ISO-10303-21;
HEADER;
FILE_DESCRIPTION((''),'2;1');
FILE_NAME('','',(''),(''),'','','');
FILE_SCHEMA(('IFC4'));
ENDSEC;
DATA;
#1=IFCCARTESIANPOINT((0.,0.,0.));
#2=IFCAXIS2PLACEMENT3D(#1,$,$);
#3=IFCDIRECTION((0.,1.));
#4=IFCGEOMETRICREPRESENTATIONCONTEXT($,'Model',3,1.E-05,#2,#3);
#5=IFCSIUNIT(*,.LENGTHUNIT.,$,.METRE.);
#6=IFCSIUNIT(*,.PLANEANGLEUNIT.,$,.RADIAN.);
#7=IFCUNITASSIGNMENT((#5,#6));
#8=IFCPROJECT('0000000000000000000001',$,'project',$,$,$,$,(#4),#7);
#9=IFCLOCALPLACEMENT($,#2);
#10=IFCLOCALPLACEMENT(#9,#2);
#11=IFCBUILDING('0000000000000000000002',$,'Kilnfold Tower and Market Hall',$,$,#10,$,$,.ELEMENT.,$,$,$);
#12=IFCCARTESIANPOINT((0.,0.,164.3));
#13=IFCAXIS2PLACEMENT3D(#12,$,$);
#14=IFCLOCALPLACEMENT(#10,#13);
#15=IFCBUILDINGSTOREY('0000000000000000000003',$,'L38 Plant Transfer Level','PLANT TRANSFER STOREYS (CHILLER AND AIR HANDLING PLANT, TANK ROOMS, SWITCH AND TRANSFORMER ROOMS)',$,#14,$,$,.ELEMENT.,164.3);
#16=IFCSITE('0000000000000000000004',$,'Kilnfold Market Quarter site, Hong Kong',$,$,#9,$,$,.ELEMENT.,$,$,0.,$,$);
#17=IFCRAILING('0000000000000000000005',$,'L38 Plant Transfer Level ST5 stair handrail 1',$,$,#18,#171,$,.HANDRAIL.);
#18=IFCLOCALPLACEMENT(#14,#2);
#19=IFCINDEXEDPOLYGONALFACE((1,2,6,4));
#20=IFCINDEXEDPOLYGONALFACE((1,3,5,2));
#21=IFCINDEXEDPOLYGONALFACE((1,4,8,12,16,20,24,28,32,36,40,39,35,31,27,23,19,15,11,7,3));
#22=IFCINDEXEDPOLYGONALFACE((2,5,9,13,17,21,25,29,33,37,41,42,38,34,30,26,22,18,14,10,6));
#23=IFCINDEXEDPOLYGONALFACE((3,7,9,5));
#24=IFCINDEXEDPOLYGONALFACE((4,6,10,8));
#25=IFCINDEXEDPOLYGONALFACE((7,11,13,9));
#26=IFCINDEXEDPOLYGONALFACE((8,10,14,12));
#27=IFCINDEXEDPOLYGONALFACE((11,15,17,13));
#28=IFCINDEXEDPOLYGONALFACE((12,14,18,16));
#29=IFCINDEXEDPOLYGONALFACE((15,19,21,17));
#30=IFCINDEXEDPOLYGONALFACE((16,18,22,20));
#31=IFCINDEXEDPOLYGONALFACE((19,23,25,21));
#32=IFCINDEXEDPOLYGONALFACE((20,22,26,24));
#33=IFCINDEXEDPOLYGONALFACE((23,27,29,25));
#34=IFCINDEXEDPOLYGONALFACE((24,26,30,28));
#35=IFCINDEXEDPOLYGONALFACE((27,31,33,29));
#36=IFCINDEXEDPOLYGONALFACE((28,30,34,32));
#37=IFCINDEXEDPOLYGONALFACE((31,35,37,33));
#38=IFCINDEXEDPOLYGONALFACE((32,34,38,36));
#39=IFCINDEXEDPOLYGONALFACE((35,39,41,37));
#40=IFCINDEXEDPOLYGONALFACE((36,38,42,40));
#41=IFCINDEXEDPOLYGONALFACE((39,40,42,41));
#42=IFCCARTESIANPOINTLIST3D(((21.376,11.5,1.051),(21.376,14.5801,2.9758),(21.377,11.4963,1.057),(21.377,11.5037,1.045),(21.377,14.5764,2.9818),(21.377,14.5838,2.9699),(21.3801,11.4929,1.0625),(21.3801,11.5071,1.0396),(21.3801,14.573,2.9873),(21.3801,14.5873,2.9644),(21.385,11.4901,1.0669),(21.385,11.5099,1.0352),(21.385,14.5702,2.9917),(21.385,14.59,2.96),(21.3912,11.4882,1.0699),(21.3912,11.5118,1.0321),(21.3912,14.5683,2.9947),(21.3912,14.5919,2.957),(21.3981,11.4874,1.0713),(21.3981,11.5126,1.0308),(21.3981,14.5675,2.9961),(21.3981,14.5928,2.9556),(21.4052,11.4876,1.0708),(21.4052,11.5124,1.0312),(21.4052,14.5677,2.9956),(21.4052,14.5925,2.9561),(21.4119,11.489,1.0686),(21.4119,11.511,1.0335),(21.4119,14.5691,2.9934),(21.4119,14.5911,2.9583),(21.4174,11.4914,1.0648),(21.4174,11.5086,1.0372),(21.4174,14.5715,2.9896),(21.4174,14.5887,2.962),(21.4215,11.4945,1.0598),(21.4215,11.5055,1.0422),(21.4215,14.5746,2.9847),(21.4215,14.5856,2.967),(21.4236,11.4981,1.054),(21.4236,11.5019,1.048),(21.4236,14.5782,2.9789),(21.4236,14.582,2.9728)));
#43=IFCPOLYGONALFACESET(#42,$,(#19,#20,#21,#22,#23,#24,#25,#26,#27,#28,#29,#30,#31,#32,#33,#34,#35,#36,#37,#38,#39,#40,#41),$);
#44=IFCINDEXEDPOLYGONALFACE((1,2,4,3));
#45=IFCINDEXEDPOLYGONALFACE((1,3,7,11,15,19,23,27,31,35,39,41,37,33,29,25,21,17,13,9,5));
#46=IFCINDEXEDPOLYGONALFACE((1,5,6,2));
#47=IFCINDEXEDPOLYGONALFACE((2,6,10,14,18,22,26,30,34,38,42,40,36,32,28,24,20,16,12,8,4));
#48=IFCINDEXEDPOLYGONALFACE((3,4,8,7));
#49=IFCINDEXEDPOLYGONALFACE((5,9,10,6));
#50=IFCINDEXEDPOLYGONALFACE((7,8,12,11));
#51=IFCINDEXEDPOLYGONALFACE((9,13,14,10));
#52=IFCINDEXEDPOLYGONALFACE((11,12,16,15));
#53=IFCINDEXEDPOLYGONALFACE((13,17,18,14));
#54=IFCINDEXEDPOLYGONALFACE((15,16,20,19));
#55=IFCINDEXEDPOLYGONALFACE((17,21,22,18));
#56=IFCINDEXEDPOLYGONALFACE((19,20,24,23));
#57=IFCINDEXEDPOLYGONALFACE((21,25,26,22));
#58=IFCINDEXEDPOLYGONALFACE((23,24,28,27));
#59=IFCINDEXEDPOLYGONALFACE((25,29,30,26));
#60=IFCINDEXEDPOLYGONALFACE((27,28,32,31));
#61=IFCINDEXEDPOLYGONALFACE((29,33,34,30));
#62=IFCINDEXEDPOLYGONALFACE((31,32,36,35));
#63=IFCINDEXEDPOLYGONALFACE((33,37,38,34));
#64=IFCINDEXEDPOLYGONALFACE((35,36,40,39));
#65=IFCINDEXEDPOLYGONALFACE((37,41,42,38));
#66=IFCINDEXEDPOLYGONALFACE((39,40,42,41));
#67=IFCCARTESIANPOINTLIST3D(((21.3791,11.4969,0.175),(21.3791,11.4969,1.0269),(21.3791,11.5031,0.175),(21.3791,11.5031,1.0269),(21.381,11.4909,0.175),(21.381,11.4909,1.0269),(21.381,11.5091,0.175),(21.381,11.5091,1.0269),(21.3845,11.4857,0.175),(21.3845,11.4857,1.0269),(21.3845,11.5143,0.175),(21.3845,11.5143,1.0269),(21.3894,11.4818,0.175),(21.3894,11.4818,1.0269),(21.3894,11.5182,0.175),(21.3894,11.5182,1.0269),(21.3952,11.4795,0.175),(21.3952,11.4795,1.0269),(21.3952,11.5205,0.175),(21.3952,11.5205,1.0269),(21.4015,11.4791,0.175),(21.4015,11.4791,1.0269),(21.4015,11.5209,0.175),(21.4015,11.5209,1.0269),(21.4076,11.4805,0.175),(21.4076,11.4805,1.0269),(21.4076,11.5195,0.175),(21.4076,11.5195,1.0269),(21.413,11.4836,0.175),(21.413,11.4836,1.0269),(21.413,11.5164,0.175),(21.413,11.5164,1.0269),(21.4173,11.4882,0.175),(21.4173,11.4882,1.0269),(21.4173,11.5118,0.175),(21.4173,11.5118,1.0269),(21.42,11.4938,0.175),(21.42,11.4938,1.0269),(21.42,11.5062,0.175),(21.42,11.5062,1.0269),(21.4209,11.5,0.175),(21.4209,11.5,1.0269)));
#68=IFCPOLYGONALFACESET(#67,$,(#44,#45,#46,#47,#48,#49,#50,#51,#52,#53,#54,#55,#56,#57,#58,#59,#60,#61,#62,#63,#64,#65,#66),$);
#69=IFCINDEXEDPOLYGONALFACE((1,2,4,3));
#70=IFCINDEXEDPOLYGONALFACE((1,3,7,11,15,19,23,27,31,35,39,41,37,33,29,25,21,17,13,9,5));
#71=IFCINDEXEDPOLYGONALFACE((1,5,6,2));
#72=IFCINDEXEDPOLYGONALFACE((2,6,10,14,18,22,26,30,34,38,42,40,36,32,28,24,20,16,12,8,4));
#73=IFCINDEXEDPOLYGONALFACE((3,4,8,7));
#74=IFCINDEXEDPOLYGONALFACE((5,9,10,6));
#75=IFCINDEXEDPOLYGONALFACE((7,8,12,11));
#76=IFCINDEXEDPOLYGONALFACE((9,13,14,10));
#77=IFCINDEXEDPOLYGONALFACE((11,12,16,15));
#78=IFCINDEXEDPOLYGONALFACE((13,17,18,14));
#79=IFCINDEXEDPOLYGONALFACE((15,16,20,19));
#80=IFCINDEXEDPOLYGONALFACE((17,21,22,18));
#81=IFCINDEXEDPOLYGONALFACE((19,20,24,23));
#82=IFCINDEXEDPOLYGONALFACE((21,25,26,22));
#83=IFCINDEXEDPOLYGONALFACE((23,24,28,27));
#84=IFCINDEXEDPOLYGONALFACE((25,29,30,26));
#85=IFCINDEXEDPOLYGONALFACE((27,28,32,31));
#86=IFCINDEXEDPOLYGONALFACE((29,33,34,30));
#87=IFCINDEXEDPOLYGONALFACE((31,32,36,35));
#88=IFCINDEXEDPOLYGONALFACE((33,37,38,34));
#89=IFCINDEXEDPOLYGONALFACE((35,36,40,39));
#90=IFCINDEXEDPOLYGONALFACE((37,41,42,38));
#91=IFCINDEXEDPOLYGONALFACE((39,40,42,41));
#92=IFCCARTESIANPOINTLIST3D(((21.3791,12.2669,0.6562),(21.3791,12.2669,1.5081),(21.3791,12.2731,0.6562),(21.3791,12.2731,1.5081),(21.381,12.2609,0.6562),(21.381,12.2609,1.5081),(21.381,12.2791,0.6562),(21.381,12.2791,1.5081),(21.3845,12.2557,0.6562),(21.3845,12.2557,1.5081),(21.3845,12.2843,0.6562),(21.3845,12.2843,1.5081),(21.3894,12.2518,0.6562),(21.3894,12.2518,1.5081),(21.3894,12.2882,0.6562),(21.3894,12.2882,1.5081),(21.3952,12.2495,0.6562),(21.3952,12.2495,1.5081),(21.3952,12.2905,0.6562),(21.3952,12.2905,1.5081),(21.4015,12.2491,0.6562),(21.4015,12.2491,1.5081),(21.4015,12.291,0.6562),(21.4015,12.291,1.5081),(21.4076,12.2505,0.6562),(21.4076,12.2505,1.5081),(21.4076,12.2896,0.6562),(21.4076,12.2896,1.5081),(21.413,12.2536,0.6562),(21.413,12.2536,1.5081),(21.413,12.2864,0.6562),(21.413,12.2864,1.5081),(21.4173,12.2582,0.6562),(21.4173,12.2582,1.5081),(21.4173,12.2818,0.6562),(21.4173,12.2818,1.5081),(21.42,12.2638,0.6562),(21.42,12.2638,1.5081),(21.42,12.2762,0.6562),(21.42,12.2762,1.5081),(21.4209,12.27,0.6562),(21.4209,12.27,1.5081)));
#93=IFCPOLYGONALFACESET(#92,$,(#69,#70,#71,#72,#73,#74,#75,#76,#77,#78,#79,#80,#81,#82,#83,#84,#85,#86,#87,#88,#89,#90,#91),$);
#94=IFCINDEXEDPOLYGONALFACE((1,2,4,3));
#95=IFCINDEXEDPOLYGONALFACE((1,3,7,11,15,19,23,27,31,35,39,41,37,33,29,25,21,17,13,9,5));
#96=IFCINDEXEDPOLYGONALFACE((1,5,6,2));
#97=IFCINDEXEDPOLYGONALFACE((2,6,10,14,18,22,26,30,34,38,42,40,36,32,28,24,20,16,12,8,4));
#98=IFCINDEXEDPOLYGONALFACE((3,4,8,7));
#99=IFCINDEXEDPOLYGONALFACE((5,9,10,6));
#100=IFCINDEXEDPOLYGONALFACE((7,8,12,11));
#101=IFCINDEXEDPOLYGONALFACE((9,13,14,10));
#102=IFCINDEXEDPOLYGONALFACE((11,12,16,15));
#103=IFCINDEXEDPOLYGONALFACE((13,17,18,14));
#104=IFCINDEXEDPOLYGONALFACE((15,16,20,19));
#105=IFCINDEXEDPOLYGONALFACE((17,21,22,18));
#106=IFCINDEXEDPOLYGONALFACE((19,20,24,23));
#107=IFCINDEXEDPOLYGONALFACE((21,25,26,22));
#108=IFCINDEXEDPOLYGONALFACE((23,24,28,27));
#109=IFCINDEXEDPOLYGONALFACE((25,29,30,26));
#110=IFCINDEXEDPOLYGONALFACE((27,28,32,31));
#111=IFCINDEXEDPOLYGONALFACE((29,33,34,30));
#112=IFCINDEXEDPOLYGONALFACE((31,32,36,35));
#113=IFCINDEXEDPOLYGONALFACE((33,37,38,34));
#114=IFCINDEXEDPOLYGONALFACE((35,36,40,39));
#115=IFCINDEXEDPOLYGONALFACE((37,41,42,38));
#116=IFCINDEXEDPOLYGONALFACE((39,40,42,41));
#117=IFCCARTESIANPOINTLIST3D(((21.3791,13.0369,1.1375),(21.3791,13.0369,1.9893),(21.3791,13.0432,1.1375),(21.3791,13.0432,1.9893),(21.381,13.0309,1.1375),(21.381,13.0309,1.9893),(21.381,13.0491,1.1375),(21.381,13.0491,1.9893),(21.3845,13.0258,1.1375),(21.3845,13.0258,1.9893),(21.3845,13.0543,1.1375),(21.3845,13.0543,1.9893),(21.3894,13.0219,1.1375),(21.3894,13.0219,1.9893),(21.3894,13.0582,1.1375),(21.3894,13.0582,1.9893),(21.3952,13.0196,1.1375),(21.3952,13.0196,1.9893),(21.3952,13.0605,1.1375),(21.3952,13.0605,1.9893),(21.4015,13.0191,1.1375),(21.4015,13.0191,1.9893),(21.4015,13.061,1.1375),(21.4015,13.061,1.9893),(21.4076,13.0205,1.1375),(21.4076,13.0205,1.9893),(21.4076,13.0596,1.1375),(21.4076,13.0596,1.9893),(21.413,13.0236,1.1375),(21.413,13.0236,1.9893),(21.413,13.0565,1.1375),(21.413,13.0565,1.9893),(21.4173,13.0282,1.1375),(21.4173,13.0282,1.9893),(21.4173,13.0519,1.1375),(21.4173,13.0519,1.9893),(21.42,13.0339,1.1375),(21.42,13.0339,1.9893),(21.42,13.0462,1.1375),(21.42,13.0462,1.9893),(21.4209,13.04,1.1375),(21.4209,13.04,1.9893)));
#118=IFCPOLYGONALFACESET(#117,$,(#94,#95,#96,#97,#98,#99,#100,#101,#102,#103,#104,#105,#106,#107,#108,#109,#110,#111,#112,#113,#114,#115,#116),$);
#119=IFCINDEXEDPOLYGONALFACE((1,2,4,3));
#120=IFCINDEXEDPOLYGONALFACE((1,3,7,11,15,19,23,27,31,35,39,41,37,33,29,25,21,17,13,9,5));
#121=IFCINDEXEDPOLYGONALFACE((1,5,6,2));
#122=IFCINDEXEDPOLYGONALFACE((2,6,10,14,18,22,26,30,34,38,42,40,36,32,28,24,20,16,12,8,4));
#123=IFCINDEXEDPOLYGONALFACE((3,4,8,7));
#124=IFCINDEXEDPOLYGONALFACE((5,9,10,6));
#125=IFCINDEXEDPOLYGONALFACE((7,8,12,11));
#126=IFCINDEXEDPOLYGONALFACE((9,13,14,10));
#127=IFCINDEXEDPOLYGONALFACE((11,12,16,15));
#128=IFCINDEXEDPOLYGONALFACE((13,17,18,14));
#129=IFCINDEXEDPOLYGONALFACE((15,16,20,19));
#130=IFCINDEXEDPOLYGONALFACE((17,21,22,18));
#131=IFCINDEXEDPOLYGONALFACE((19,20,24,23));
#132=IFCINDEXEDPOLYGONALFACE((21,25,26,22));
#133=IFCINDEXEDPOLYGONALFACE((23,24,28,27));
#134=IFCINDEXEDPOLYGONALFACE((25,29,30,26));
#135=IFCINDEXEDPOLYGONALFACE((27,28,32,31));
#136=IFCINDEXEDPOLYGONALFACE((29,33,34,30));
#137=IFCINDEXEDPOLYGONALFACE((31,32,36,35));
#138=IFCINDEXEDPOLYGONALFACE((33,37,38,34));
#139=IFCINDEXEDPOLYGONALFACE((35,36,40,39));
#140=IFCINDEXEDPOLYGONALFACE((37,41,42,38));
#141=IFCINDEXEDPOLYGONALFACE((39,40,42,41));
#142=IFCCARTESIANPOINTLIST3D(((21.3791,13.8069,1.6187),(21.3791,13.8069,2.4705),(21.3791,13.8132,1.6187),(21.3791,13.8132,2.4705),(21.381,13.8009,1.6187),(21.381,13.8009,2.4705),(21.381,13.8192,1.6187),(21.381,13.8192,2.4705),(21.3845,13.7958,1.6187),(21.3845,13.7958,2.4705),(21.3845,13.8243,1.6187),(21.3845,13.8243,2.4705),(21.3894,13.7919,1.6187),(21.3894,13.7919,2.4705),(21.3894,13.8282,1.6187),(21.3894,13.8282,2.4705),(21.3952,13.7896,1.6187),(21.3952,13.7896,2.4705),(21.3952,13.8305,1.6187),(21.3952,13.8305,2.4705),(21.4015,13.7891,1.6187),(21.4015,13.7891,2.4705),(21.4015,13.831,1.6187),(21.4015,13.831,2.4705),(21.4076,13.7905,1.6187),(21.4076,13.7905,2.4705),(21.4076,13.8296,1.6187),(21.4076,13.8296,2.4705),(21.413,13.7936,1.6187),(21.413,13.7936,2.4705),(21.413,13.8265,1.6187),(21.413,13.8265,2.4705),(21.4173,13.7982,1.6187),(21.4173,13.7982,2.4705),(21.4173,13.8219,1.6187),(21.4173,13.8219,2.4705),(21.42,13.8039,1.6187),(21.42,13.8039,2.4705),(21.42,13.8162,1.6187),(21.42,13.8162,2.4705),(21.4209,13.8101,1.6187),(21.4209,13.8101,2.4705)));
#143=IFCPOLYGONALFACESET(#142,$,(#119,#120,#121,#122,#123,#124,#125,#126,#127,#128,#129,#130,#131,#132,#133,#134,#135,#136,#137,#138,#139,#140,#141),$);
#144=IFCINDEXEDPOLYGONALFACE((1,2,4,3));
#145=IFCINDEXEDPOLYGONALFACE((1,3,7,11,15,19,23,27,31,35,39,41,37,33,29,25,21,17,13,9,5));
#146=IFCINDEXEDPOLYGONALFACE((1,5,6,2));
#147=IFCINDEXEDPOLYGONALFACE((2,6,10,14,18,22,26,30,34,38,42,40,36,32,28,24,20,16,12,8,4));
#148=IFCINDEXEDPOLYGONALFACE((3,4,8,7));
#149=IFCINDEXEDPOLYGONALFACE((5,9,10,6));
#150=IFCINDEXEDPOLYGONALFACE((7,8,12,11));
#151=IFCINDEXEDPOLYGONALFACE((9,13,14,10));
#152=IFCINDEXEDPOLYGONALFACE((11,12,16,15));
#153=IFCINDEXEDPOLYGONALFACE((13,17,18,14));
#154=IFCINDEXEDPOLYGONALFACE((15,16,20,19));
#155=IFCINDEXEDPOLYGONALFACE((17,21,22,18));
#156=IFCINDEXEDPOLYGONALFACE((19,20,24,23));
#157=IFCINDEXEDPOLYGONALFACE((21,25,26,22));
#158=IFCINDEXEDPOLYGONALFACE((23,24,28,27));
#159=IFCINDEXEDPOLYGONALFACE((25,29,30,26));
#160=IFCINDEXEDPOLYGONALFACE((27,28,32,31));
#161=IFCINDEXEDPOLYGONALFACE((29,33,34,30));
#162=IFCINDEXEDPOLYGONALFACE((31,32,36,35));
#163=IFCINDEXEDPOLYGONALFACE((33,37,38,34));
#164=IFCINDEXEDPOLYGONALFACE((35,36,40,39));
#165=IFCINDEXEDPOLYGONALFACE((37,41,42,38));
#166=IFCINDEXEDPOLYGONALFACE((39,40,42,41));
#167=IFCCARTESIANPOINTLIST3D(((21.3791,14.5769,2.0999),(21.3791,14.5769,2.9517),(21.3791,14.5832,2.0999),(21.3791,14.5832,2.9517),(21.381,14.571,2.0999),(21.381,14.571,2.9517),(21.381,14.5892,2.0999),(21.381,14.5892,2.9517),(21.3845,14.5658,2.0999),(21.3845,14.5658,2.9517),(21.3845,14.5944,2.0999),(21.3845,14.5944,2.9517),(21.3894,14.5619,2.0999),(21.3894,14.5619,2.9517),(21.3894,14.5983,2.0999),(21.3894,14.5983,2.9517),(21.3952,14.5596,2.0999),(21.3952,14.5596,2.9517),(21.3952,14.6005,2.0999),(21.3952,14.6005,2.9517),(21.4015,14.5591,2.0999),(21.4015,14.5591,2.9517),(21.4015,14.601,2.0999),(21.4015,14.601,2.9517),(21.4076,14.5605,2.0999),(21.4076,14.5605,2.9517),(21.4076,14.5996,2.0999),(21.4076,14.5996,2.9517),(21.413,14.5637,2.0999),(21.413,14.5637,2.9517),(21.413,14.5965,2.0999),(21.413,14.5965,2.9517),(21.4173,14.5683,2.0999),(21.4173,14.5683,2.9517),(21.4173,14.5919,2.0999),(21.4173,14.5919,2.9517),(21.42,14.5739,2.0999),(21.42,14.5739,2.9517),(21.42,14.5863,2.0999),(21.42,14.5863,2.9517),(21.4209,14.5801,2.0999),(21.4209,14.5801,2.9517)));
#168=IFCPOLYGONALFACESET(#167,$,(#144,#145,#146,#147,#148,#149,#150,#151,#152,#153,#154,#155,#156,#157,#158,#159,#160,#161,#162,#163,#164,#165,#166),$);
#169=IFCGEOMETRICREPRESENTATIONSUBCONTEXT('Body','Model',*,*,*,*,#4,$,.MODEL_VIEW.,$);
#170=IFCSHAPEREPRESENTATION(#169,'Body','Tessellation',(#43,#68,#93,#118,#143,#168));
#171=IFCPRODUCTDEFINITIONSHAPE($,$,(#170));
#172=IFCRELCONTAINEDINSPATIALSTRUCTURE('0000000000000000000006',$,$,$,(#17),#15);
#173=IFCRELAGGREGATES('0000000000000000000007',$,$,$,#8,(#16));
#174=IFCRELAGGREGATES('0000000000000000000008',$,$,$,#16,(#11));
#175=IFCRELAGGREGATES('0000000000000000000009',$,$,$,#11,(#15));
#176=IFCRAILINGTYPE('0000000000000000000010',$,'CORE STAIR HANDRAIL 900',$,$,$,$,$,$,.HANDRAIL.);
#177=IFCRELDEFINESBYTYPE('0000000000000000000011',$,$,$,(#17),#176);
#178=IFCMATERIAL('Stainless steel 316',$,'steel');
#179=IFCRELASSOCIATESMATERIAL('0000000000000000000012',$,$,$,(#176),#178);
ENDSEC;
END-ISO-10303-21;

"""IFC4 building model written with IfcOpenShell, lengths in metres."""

from ifc_helpers import new_model, si_unit, direction, frame, origin, origin_2d, place, context, subcontext, project, spatial, circle, extrude, material, type_object, element, save


model = new_model("IFC4")

# Units and contexts
model_context = context("Model", 3, precision=1e-05, world=origin(), true_north=direction((0.0, 1.0)))
body_context = subcontext(model_context, "Body", "Model", "MODEL_VIEW")
ifc_project = project(units=[si_unit("LENGTHUNIT", "METRE"), si_unit("PLANEANGLEUNIT", "RADIAN")], contexts=[model_context])

# Site, building, storey
site_placement = place(None, origin())
site = spatial("IfcSite", under=ifc_project, at=site_placement, Name="Kilnfold Market Quarter site, Hong Kong", CompositionType="ELEMENT", RefElevation=0.0)
building_placement = place(site_placement, origin())
building = spatial("IfcBuilding", under=site, at=building_placement, Name="Kilnfold Tower and Market Hall", CompositionType="ELEMENT")
storey_placement = place(building_placement, frame((0.0, 0.0, 164.3)))
storey = spatial("IfcBuildingStorey", under=building, at=storey_placement, Name="L38 Plant Transfer Level", Description="PLANT TRANSFER STOREYS (CHILLER AND AIR HANDLING PLANT, TANK ROOMS, SWITCH AND TRANSFORMER ROOMS)", CompositionType="ELEMENT", Elevation=164.3)

# Railing
ifc_material_1 = material(Name="Stainless steel 316", Category="steel")
railing_type_1 = type_object("IfcRailingType", Name="CORE STAIR HANDRAIL 900", PredefinedType="HANDRAIL", material=ifc_material_1)
railing_1_placement = place(storey_placement, frame((21.3999, 11.5, 0.175)))
element("IfcRailing", 1, at=railing_1_placement, inside=storey, type_object=railing_type_1, Name="L38 Plant Transfer Level ST5 stair handrail 1", PredefinedType="HANDRAIL", context=body_context, shape_type="SweptSolid", body=[
    extrude(circle(Radius=0.0239, at=origin_2d()), frame((0.0, 0.0, 0.876), z_axis=(0.0, 0.848029, 0.529951), x_axis=(-1.0, 0.0, 0.0)), (0.0, 0.0, 1.0), 3.6321),
    extrude(circle(Radius=0.021, at=origin_2d()), origin(), (0.0, 0.0, 1.0), 0.8518),
    extrude(circle(Radius=0.021, at=origin_2d()), frame((0.0, 0.77, 0.4812)), (0.0, 0.0, 1.0), 0.8518),
    extrude(circle(Radius=0.021, at=origin_2d()), frame((0.0, 1.54, 0.9624)), (0.0, 0.0, 1.0), 0.8518),
    extrude(circle(Radius=0.021, at=origin_2d()), frame((0.0, 2.3101, 1.4436)), (0.0, 0.0, 1.0), 0.8518),
    extrude(circle(Radius=0.021, at=origin_2d()), frame((0.0, 3.0801, 1.9248)), (0.0, 0.0, 1.0), 0.8518),
])

save(model, "model.ifc")
